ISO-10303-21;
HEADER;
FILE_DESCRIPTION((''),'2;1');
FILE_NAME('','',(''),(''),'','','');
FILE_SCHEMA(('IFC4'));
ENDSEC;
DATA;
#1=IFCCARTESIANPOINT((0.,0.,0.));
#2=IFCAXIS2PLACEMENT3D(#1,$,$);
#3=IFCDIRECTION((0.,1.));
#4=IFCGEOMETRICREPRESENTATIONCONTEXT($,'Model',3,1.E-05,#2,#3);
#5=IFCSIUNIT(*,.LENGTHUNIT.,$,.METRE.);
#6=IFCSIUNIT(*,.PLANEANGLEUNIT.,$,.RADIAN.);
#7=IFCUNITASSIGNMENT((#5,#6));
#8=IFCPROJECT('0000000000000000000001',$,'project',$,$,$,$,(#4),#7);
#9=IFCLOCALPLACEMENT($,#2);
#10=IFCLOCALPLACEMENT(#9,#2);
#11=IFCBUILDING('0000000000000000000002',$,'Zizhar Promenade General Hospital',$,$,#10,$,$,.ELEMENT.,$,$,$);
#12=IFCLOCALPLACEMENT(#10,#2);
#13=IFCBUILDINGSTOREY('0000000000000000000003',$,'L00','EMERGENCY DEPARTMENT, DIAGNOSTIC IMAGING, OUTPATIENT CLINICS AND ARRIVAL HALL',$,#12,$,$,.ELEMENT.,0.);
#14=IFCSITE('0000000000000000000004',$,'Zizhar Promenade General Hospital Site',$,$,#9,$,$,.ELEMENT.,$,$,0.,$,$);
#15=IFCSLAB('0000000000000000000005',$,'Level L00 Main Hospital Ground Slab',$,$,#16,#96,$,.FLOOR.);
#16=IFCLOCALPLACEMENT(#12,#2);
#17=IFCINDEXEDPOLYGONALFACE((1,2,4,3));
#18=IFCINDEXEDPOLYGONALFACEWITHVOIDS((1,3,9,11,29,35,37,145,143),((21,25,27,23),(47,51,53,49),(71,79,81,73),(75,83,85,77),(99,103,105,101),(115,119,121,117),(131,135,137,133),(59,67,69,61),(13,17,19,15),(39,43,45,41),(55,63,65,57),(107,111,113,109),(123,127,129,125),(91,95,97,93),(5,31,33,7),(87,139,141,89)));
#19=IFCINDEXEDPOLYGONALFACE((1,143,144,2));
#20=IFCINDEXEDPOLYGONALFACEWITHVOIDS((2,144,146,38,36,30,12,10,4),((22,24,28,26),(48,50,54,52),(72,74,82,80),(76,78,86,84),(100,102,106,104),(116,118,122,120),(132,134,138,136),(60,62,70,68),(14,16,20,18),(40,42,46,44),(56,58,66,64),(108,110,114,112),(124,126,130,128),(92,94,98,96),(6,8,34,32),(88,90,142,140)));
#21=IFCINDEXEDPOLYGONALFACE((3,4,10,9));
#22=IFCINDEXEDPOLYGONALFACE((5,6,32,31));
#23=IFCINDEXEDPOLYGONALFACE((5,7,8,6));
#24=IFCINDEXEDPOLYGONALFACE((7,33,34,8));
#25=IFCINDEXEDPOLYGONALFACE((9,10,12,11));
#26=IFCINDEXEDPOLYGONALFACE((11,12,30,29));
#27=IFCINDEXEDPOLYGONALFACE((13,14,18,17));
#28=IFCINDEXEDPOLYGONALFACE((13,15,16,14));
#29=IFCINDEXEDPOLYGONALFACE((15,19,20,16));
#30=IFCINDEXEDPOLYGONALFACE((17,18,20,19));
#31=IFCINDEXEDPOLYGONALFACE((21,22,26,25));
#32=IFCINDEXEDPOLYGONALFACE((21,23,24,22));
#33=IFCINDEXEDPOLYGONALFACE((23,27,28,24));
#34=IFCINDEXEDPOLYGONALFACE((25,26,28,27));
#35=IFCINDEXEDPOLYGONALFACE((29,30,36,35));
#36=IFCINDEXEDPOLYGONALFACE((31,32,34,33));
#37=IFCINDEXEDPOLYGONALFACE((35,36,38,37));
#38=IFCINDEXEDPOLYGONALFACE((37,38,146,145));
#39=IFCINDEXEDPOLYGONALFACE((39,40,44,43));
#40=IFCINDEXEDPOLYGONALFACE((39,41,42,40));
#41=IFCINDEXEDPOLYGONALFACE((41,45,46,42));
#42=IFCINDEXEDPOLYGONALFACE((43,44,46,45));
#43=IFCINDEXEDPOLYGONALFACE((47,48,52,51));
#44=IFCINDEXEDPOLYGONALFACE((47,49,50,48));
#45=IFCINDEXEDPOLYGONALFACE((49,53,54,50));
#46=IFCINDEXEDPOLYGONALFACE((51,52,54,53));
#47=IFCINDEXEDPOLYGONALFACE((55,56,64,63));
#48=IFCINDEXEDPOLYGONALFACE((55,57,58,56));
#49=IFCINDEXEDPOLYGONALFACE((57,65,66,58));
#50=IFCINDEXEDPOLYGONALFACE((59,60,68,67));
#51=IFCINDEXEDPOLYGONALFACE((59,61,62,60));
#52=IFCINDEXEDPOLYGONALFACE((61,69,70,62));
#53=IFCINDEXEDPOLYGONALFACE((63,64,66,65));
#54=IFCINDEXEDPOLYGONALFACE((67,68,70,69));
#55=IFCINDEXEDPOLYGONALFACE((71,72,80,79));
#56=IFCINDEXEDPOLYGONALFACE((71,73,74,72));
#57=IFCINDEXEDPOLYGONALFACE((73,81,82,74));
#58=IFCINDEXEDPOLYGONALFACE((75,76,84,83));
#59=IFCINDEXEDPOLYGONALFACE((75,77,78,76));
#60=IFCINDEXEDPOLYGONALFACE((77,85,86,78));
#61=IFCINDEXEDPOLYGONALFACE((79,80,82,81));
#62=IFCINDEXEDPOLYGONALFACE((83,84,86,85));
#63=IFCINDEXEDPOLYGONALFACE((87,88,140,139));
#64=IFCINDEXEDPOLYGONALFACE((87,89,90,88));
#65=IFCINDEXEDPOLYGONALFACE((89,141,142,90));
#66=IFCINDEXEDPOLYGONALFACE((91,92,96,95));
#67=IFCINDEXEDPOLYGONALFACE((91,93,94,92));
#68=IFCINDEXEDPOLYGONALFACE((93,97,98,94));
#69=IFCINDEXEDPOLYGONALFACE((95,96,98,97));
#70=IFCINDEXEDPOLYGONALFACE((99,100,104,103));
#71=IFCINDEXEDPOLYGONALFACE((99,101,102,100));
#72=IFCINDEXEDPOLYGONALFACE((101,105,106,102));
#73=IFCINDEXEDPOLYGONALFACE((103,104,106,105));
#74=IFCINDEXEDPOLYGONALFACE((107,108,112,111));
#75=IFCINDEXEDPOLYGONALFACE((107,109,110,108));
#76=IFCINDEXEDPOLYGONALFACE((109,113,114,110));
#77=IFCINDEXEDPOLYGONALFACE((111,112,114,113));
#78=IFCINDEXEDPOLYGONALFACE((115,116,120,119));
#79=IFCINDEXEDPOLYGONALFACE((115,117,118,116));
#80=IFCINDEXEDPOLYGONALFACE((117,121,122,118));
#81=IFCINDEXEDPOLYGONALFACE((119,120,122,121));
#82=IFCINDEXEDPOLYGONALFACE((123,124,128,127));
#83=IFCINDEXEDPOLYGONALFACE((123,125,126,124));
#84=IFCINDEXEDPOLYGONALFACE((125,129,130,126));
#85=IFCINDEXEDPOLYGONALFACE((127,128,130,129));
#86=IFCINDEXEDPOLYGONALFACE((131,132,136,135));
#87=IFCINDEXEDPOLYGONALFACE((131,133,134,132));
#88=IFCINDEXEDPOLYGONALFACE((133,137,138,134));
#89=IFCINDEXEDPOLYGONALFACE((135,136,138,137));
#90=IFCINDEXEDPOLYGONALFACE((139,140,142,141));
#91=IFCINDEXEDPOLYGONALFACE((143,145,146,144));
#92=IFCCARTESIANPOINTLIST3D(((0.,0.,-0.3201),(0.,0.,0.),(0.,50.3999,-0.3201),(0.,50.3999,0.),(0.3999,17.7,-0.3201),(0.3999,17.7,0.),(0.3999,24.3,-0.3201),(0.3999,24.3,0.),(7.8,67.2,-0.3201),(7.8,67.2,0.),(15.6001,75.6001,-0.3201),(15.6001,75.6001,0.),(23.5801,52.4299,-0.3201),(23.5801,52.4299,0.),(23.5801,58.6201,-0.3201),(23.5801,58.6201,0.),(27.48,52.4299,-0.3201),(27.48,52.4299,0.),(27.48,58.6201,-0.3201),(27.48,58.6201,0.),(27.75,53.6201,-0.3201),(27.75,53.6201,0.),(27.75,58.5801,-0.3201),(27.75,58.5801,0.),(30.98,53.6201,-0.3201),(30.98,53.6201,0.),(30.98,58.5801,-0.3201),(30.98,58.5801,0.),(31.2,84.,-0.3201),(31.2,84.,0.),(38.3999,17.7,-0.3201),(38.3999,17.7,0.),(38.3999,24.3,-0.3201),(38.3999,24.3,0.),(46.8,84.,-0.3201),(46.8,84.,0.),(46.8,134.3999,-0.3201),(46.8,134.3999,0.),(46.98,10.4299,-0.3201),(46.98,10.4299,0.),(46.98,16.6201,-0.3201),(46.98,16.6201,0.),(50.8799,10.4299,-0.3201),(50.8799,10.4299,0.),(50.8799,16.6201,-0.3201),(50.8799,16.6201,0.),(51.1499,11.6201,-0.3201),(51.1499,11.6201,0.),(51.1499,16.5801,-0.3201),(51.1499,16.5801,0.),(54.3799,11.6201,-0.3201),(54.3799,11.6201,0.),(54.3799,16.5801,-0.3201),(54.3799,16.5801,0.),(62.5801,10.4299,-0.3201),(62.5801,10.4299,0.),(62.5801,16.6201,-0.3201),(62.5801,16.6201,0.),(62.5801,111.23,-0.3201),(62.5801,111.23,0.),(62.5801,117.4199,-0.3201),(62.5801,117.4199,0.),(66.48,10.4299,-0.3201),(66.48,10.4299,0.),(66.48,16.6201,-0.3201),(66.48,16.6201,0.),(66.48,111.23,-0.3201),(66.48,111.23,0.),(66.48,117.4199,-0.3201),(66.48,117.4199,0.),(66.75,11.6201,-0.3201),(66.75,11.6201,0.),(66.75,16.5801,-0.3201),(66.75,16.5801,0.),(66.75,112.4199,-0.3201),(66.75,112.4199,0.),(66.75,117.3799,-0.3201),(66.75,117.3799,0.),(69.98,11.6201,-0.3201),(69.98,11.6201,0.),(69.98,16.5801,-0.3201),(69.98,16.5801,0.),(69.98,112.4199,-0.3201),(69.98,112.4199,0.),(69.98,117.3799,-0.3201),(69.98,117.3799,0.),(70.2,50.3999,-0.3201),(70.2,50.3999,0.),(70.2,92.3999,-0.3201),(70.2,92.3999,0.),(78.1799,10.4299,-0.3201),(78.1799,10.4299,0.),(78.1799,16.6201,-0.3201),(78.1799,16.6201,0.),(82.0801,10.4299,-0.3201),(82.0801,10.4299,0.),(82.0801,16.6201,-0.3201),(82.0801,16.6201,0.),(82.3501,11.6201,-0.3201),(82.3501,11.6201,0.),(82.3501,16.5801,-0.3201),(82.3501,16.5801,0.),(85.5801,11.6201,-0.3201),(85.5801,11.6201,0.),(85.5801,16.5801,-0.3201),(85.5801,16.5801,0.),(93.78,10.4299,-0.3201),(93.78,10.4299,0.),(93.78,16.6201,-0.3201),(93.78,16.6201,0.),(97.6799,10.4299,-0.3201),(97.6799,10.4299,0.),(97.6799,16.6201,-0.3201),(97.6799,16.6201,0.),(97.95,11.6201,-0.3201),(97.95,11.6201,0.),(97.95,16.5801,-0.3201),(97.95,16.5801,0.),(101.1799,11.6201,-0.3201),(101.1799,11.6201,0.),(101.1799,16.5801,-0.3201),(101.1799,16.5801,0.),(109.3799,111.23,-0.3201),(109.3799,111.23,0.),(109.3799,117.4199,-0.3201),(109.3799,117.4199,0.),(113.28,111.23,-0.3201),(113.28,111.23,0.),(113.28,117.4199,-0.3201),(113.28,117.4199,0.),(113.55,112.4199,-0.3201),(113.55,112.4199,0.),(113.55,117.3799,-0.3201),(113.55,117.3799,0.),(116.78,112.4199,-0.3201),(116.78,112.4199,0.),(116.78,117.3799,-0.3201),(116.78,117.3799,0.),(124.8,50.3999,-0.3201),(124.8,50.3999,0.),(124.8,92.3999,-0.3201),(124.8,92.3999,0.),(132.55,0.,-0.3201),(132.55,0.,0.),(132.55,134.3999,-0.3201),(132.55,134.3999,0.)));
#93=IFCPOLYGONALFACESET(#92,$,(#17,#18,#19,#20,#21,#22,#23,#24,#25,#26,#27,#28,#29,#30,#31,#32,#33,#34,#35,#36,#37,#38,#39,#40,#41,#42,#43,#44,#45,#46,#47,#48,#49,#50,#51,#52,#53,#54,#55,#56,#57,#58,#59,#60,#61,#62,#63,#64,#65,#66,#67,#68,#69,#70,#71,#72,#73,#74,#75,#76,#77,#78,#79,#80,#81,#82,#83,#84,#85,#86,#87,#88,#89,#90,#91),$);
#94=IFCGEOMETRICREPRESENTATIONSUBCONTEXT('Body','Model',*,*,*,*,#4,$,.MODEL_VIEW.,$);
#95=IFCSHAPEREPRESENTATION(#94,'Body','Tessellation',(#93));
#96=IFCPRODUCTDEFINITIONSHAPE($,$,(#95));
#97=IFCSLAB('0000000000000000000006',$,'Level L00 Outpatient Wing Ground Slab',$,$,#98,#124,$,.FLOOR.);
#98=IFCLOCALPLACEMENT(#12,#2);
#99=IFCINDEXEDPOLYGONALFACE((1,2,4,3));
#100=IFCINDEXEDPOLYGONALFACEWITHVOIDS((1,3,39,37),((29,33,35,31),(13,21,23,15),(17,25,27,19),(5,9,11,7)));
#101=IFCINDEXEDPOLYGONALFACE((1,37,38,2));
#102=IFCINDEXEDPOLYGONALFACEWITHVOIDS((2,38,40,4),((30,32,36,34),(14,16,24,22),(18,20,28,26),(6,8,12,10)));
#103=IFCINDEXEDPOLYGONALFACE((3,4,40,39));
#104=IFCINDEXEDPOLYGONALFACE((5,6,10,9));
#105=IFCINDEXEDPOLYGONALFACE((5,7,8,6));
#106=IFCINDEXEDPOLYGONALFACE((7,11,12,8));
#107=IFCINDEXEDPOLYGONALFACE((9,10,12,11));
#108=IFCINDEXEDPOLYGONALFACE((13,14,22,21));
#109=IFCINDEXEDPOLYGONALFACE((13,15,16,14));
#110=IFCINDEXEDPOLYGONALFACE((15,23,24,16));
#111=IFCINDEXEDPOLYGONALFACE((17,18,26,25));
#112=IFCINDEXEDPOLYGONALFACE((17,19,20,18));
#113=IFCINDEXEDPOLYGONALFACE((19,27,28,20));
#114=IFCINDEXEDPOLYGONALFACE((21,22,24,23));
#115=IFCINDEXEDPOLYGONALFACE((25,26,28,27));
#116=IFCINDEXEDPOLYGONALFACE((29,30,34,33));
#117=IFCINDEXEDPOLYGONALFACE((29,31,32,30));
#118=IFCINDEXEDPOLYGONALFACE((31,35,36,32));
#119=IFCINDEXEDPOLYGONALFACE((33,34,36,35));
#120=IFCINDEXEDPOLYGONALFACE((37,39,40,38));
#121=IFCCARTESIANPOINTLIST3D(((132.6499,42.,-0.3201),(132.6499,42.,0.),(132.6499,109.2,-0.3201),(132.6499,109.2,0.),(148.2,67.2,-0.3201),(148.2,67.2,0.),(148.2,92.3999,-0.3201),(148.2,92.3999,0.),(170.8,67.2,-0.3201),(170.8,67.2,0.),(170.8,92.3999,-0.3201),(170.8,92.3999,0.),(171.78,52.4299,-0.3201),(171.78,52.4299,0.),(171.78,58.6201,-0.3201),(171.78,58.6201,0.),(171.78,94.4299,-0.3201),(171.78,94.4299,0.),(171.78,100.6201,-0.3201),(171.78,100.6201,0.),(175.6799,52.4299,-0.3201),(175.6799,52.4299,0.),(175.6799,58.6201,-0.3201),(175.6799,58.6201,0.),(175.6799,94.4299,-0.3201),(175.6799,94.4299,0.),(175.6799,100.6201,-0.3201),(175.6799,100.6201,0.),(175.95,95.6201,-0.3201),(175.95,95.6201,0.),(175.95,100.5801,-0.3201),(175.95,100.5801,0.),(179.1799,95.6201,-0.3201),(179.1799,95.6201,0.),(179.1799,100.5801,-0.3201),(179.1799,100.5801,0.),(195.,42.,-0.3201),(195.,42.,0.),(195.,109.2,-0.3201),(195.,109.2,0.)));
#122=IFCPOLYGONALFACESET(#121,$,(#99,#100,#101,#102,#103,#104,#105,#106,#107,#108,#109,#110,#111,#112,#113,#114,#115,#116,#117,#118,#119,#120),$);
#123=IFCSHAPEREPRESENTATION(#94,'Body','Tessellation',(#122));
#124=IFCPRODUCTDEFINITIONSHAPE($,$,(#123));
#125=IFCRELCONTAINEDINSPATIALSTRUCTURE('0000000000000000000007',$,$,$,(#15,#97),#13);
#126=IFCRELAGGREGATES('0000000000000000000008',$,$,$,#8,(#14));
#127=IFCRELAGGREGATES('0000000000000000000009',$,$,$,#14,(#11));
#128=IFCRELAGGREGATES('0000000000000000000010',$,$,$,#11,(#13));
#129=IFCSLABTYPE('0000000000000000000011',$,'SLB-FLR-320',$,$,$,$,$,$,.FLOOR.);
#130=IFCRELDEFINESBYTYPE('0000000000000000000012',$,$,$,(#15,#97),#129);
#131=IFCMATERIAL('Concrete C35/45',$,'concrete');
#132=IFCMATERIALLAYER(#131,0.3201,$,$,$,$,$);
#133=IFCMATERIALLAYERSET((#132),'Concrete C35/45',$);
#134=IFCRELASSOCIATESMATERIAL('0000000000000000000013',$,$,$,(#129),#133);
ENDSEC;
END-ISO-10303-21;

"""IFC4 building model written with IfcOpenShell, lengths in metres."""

from ifc_helpers import new_model, si_unit, direction, frame, origin, place, context, subcontext, project, spatial, polyline, outline, extrude, material, layer, layer_set, type_object, element, save


model = new_model("IFC4")

# Units and contexts
model_context = context("Model", 3, precision=1e-05, world=origin(), true_north=direction((0.0, 1.0)))
body_context = subcontext(model_context, "Body", "Model", "MODEL_VIEW")
ifc_project = project(units=[si_unit("LENGTHUNIT", "METRE"), si_unit("PLANEANGLEUNIT", "RADIAN")], contexts=[model_context])

# Site, building, storey
site_placement = place(None, origin())
site = spatial("IfcSite", under=ifc_project, at=site_placement, Name="Zizhar Promenade General Hospital Site", CompositionType="ELEMENT", RefElevation=0.0)
building_placement = place(site_placement, origin())
building = spatial("IfcBuilding", under=site, at=building_placement, Name="Zizhar Promenade General Hospital", CompositionType="ELEMENT")
storey_placement = place(building_placement, origin())
storey = spatial("IfcBuildingStorey", under=building, at=storey_placement, Name="L00", Description="EMERGENCY DEPARTMENT, DIAGNOSTIC IMAGING, OUTPATIENT CLINICS AND ARRIVAL HALL", CompositionType="ELEMENT", Elevation=0.0)

# Slabs
ifc_material_1 = material(Name="Concrete C35/45", Category="concrete")
ifc_layer_1 = layer(ifc_material_1, 0.3201)
ifc_layer_set_1 = layer_set([ifc_layer_1], Name="Concrete C35/45")
slab_type_1 = type_object("IfcSlabType", Name="SLB-FLR-320", PredefinedType="FLOOR", material=ifc_layer_set_1)
slab_1_placement = place(storey_placement, frame((0.0, 0.0, -0.3201)))
element("IfcSlab", 1, at=slab_1_placement, inside=storey, type_object=slab_type_1, Name="Level L00 Main Hospital Ground Slab", PredefinedType="FLOOR", context=body_context, shape_type="SweptSolid", body=[
    extrude(outline(polyline([(0.0, 0.0), (132.55, 0.0), (132.55, 134.3999), (46.8, 134.3999), (46.8, 84.0), (31.2, 84.0), (15.6001, 75.6001), (7.8, 67.2), (0.0, 50.3999), (0.0, 0.0)]), holes=[polyline([(70.2, 50.3999), (70.2, 92.3999), (124.8, 92.3999), (124.8, 50.3999), (70.2, 50.3999)]), polyline([(0.3999, 17.7), (0.3999, 24.3), (38.3999, 24.3), (38.3999, 17.7), (0.3999, 17.7)]), polyline([(23.5801, 52.4299), (23.5801, 58.6201), (27.48, 58.6201), (27.48, 52.4299), (23.5801, 52.4299)]), polyline([(27.75, 53.6201), (27.75, 58.5801), (30.98, 58.5801), (30.98, 53.6201), (27.75, 53.6201)]), polyline([(46.98, 10.4299), (46.98, 16.6201), (50.8799, 16.6201), (50.8799, 10.4299), (46.98, 10.4299)]), polyline([(51.1499, 11.6201), (51.1499, 16.5801), (54.3799, 16.5801), (54.3799, 11.6201), (51.1499, 11.6201)]), polyline([(62.5801, 10.4299), (62.5801, 16.6201), (66.48, 16.6201), (66.48, 10.4299), (62.5801, 10.4299)]), polyline([(66.75, 11.6201), (66.75, 16.5801), (69.98, 16.5801), (69.98, 11.6201), (66.75, 11.6201)]), polyline([(78.1799, 10.4299), (78.1799, 16.6201), (82.0801, 16.6201), (82.0801, 10.4299), (78.1799, 10.4299)]), polyline([(82.3501, 11.6201), (82.3501, 16.5801), (85.5801, 16.5801), (85.5801, 11.6201), (82.3501, 11.6201)]), polyline([(93.78, 10.4299), (93.78, 16.6201), (97.6799, 16.6201), (97.6799, 10.4299), (93.78, 10.4299)]), polyline([(97.95, 11.6201), (97.95, 16.5801), (101.1799, 16.5801), (101.1799, 11.6201), (97.95, 11.6201)]), polyline([(62.5801, 111.23), (62.5801, 117.4199), (66.48, 117.4199), (66.48, 111.23), (62.5801, 111.23)]), polyline([(66.75, 112.4199), (66.75, 117.3799), (69.98, 117.3799), (69.98, 112.4199), (66.75, 112.4199)]), polyline([(109.3799, 111.23), (109.3799, 117.4199), (113.28, 117.4199), (113.28, 111.23), (109.3799, 111.23)]), polyline([(113.55, 112.4199), (113.55, 117.3799), (116.78, 117.3799), (116.78, 112.4199), (113.55, 112.4199)])]), origin(), (0.0, 0.0, 1.0), 0.3201),
])
slab_2_placement = place(storey_placement, frame((0.0, 0.0, -0.3201)))
element("IfcSlab", 2, at=slab_2_placement, inside=storey, type_object=slab_type_1, Name="Level L00 Outpatient Wing Ground Slab", PredefinedType="FLOOR", context=body_context, shape_type="SweptSolid", body=[
    extrude(outline(polyline([(132.6499, 42.0), (195.0, 42.0), (195.0, 109.2), (132.6499, 109.2), (132.6499, 42.0)]), holes=[polyline([(148.2, 67.2), (148.2, 92.3999), (170.8, 92.3999), (170.8, 67.2), (148.2, 67.2)]), polyline([(171.78, 94.4299), (171.78, 100.6201), (175.6799, 100.6201), (175.6799, 94.4299), (171.78, 94.4299)]), polyline([(175.95, 95.6201), (175.95, 100.5801), (179.1799, 100.5801), (179.1799, 95.6201), (175.95, 95.6201)]), polyline([(171.78, 52.4299), (171.78, 58.6201), (175.6799, 58.6201), (175.6799, 52.4299), (171.78, 52.4299)])]), origin(), (0.0, 0.0, 1.0), 0.3201),
])

save(model, "model.ifc")
